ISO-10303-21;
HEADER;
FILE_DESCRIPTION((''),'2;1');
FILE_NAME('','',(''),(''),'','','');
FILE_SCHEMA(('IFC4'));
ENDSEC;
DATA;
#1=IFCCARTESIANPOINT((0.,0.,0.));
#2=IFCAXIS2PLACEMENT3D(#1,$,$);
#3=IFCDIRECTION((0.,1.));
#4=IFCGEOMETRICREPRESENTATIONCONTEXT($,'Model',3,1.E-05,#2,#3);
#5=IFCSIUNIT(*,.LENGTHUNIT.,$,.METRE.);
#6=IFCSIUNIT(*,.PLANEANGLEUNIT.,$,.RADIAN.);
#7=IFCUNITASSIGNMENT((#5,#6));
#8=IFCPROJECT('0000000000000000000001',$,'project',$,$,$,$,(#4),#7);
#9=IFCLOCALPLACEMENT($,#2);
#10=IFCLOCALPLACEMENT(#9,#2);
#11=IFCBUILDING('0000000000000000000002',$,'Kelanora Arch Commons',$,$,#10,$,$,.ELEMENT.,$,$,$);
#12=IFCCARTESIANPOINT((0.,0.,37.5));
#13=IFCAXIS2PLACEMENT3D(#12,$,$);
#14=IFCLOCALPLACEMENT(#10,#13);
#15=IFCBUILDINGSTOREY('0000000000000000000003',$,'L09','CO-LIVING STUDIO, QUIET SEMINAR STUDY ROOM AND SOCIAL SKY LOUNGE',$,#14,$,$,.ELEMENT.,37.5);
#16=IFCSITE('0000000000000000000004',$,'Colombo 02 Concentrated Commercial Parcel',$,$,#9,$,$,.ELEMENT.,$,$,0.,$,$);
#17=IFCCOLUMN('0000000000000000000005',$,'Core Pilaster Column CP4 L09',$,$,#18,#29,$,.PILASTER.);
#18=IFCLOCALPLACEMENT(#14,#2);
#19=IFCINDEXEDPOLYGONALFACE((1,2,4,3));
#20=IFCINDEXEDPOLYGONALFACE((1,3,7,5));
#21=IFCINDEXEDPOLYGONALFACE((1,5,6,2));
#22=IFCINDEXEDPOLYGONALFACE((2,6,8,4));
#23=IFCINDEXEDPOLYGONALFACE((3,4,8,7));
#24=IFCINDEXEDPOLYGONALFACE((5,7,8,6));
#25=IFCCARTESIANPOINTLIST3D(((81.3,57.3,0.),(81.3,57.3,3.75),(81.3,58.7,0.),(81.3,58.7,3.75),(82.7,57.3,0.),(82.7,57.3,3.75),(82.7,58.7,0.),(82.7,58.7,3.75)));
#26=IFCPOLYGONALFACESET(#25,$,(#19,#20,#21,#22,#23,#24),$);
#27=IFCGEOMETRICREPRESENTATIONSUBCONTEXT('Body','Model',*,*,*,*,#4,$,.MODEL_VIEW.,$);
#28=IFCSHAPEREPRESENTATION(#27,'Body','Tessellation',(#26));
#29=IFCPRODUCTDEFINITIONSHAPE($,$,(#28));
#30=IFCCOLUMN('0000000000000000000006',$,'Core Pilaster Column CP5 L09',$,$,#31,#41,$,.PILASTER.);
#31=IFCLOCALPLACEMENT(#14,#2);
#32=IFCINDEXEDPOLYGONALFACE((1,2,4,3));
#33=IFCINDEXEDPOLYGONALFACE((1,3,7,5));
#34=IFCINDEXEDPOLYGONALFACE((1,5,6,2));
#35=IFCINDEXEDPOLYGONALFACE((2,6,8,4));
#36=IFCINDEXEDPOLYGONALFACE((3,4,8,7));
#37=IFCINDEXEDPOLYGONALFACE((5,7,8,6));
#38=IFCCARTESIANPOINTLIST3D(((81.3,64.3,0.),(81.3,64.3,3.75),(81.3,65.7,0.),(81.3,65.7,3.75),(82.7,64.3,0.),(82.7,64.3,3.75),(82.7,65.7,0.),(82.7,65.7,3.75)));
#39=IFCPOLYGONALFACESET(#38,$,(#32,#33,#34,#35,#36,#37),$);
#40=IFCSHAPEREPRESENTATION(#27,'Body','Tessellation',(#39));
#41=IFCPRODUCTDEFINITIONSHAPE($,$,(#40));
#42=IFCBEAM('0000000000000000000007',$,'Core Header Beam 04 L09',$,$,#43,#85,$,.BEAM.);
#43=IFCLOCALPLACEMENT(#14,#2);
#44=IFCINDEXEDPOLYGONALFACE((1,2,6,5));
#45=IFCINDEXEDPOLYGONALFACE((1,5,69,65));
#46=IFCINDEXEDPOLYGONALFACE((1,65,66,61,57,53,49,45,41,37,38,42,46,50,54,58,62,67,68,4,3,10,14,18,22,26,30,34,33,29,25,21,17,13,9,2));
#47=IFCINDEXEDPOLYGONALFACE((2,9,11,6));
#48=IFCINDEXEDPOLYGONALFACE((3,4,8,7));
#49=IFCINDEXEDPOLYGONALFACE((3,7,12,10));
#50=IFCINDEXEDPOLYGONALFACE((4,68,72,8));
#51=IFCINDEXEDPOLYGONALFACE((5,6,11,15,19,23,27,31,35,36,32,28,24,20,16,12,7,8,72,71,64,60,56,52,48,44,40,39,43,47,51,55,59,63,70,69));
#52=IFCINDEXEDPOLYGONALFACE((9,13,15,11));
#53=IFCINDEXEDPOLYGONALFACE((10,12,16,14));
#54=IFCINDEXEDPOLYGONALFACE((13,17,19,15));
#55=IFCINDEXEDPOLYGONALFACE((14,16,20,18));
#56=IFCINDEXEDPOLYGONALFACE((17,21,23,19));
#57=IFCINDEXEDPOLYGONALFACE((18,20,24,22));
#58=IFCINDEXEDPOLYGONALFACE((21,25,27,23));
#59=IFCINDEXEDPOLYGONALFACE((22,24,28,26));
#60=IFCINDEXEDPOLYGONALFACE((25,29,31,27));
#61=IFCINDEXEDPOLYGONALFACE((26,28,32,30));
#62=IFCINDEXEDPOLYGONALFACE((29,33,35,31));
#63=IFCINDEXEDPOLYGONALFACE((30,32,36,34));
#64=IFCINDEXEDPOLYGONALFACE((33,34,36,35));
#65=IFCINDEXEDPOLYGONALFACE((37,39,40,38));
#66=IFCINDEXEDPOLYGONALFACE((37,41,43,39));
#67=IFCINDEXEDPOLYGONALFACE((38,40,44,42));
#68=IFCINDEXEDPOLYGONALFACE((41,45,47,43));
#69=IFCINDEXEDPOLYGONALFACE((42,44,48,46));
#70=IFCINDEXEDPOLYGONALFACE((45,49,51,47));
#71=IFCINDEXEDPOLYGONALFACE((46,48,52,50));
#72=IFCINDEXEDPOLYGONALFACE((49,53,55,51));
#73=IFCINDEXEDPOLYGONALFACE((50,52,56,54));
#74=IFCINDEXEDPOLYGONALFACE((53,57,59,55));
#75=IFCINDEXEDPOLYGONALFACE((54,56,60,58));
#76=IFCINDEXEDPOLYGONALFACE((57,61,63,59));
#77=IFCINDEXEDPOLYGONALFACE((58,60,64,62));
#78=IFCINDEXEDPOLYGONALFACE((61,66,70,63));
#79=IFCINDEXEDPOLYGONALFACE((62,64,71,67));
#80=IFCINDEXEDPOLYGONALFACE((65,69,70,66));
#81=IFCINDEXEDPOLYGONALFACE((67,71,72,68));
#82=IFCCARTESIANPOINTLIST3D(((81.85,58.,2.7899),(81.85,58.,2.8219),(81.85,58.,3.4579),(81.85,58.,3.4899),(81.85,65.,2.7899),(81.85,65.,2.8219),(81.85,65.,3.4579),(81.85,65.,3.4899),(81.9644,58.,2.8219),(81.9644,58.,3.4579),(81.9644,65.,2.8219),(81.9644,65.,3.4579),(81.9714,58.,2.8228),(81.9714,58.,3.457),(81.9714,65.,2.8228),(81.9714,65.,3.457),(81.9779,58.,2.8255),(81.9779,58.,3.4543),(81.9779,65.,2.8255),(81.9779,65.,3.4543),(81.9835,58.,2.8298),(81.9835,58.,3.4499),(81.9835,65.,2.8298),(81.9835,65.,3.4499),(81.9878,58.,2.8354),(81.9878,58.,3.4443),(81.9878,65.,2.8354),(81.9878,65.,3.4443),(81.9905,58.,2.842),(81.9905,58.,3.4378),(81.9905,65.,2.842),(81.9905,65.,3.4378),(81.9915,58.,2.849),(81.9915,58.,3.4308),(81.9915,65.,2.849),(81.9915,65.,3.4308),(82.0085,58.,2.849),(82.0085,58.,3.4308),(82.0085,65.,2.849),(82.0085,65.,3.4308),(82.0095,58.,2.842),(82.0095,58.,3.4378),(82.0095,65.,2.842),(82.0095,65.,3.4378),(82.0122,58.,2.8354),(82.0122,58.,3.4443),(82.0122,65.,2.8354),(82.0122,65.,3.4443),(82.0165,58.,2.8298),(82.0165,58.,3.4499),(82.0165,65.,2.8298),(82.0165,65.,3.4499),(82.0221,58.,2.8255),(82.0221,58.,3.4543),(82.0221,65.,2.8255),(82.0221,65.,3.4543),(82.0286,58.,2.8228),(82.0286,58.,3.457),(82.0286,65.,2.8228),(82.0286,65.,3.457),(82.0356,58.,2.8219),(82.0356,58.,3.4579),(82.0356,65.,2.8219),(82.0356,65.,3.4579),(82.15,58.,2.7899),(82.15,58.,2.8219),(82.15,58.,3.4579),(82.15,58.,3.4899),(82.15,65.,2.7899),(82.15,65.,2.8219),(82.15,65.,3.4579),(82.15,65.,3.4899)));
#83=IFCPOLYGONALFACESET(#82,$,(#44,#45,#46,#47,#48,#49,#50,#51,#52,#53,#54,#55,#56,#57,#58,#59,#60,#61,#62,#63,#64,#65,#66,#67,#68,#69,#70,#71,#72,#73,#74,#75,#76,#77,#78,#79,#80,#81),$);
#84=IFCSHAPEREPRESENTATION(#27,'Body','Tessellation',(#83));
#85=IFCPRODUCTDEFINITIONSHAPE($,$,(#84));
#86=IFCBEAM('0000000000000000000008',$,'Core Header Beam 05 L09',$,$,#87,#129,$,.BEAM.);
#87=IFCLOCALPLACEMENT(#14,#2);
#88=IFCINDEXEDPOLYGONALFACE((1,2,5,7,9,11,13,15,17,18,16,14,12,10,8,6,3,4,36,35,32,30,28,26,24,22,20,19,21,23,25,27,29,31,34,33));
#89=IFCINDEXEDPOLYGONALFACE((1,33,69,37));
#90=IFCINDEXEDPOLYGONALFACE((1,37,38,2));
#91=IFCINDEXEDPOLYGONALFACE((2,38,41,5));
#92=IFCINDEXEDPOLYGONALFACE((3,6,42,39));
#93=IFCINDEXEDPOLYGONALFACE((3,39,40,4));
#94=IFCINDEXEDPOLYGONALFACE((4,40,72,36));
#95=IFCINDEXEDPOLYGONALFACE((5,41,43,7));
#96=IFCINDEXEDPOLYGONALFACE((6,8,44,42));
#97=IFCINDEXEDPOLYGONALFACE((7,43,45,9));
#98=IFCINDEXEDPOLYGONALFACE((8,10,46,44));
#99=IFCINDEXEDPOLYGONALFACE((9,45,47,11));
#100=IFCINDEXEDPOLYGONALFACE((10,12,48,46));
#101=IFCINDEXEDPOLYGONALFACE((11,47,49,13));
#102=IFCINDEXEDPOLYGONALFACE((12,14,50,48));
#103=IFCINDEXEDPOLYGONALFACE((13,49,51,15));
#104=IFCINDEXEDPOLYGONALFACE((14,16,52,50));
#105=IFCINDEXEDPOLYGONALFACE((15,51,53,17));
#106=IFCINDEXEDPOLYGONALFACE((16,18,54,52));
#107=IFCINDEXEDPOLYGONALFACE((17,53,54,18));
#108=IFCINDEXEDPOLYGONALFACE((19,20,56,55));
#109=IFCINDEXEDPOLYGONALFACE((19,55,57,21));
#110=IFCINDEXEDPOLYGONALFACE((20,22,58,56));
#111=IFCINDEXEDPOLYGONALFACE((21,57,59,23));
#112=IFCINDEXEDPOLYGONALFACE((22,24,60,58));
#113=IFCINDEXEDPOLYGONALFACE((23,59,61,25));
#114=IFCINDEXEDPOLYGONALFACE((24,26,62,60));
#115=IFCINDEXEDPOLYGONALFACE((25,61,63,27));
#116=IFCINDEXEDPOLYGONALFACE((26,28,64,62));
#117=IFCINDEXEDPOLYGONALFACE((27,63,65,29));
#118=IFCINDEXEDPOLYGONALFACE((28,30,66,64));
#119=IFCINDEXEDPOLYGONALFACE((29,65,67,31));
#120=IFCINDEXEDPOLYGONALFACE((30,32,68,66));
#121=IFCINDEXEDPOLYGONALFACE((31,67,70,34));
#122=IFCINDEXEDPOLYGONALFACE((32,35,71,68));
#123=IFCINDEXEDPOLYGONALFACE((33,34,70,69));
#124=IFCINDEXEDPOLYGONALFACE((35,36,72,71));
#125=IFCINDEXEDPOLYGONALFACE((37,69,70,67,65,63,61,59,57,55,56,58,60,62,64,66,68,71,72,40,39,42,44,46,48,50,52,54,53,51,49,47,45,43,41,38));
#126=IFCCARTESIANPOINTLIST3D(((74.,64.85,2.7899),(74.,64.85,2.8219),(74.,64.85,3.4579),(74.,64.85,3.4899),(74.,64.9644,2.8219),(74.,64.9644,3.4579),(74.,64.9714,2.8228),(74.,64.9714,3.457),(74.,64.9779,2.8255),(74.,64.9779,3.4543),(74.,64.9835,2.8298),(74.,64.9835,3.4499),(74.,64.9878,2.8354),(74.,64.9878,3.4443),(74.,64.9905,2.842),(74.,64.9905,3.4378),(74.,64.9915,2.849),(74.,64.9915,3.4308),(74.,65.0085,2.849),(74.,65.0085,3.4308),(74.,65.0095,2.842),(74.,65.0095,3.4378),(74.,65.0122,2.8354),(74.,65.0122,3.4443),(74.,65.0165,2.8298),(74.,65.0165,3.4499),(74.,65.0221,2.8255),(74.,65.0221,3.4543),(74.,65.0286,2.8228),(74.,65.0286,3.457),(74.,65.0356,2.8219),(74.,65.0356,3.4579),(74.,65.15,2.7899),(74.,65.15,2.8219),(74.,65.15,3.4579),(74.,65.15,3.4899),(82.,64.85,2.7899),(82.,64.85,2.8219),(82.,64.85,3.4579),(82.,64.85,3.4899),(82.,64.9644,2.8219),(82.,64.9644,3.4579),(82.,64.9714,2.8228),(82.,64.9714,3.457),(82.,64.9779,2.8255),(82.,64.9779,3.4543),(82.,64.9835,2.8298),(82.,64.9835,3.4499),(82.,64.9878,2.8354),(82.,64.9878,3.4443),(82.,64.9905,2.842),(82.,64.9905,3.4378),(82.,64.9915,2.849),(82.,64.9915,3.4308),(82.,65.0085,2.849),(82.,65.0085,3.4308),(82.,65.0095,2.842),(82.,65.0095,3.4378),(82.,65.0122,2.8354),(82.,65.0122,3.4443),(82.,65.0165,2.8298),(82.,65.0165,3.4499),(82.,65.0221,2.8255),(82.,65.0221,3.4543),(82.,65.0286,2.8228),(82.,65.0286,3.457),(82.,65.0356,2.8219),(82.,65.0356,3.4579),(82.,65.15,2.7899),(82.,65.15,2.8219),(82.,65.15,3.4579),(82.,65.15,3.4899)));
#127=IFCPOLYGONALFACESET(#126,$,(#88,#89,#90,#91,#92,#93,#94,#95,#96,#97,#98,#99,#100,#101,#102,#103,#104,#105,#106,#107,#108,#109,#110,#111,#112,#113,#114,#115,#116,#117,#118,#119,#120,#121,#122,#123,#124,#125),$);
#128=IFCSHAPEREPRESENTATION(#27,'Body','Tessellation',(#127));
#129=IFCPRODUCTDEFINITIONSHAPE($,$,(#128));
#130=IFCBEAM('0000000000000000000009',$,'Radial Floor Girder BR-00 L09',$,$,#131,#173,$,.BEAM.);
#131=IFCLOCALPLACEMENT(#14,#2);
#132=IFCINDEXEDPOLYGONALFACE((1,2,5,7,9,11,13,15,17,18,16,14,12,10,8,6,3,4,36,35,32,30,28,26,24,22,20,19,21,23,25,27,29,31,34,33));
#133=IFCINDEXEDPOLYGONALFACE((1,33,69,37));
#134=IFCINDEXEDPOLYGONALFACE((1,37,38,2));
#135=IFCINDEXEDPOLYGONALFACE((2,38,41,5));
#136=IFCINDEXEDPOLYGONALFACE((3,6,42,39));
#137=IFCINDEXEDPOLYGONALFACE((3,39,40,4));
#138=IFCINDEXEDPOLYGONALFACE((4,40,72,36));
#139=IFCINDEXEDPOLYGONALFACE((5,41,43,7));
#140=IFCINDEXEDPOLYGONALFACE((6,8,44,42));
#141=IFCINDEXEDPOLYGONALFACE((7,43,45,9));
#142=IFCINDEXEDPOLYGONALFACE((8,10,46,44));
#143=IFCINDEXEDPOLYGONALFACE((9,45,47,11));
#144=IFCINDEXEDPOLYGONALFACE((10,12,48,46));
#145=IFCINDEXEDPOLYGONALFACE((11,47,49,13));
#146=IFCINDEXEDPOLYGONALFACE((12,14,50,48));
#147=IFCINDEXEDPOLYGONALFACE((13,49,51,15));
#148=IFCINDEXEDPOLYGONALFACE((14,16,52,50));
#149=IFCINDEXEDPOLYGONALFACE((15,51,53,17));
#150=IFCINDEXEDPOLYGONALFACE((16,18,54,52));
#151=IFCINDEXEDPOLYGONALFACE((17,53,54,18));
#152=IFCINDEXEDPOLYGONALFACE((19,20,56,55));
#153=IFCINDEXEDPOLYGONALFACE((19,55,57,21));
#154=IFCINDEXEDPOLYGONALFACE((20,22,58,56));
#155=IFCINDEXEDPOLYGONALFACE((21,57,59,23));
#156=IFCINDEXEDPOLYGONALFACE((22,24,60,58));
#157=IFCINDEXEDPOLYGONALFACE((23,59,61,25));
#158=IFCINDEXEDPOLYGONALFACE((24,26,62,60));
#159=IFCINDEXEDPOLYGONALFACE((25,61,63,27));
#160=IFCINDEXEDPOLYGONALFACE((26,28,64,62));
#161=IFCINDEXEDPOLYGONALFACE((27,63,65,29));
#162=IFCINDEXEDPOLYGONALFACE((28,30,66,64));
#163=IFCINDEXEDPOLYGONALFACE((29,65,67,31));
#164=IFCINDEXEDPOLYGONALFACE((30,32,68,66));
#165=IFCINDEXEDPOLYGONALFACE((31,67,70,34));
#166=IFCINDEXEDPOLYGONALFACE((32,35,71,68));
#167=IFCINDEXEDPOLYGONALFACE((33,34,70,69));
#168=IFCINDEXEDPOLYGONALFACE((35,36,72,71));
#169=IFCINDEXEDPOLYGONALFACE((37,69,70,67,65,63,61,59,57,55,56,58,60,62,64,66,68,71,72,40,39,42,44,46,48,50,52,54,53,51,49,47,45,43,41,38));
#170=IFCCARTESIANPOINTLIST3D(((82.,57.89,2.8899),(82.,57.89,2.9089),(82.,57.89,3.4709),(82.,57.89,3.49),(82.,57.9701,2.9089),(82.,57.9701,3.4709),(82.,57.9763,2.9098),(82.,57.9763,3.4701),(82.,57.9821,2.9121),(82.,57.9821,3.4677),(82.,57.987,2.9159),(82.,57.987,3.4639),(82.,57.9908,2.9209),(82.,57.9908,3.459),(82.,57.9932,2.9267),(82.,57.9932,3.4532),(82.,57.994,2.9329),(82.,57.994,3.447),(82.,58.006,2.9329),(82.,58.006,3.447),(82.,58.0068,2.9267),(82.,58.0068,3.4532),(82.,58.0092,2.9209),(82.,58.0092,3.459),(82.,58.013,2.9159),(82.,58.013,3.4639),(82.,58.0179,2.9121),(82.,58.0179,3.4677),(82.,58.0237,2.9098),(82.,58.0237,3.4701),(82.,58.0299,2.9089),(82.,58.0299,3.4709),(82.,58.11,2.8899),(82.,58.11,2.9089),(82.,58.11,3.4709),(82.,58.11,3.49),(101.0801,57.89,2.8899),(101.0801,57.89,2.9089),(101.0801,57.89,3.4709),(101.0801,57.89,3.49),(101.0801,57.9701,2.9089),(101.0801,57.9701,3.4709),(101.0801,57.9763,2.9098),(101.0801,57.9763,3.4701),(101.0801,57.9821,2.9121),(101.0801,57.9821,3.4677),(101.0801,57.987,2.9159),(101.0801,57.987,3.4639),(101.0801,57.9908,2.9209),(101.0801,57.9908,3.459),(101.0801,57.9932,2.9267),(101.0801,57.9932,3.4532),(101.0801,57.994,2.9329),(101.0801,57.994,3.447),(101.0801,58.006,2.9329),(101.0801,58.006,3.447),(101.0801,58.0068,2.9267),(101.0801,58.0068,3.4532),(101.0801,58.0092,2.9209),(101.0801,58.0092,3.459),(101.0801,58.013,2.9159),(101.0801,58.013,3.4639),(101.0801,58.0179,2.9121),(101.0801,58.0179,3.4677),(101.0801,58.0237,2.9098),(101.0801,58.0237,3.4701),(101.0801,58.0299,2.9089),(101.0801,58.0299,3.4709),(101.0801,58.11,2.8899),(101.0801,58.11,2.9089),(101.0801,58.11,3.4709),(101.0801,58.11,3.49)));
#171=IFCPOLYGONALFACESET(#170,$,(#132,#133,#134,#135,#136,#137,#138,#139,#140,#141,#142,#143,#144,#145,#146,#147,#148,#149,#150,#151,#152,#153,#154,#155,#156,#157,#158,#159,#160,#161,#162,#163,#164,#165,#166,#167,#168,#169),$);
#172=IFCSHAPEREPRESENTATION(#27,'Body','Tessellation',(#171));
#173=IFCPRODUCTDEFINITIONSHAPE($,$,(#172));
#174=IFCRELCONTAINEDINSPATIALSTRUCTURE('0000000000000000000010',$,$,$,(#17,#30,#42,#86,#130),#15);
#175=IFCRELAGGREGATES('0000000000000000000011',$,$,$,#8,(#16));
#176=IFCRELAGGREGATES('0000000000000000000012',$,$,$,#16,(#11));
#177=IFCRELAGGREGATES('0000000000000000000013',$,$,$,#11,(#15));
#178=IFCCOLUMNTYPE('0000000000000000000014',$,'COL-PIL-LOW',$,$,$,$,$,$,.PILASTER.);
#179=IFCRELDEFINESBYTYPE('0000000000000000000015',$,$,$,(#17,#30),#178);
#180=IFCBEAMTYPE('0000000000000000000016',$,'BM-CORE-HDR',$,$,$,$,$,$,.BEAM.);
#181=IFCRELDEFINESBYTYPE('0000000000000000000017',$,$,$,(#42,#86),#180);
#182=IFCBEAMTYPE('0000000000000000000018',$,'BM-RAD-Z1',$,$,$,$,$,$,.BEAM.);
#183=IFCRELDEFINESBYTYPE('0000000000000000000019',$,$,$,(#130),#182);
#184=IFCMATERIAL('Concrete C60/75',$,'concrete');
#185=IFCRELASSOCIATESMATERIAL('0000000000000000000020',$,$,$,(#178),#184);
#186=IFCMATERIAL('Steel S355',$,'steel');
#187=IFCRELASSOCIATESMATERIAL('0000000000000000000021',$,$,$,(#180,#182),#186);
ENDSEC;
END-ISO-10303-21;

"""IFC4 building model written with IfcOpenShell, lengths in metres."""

from ifc_helpers import new_model, si_unit, direction, frame, origin, origin_2d, place, context, subcontext, project, spatial, rectangle, i_section, extrude, material, material_profile, profile_set, type_object, element, save


model = new_model("IFC4")

# Units and contexts
model_context = context("Model", 3, precision=1e-05, world=origin(), true_north=direction((0.0, 1.0)))
body_context = subcontext(model_context, "Body", "Model", "MODEL_VIEW")
ifc_project = project(units=[si_unit("LENGTHUNIT", "METRE"), si_unit("PLANEANGLEUNIT", "RADIAN")], contexts=[model_context])

# Site, building, storey
site_placement = place(None, origin())
site = spatial("IfcSite", under=ifc_project, at=site_placement, Name="Colombo 02 Concentrated Commercial Parcel", CompositionType="ELEMENT", RefElevation=0.0)
building_placement = place(site_placement, origin())
building = spatial("IfcBuilding", under=site, at=building_placement, Name="Kelanora Arch Commons", CompositionType="ELEMENT")
storey_placement = place(building_placement, frame((0.0, 0.0, 37.5)))
storey = spatial("IfcBuildingStorey", under=building, at=storey_placement, Name="L09", Description="CO-LIVING STUDIO, QUIET SEMINAR STUDY ROOM AND SOCIAL SKY LOUNGE", CompositionType="ELEMENT", Elevation=37.5)

# Columns
ifc_material_1 = material(Name="Concrete C60/75", Category="concrete")
ifc_material_profile_1 = material_profile(ifc_material_1, rectangle(XDim=1.3999, YDim=1.3999, at=origin_2d()), Name="RC1400x1400")
ifc_profile_set_1 = profile_set([ifc_material_profile_1], Name="Concrete C60/75")
column_type = type_object("IfcColumnType", Name="COL-PIL-LOW", PredefinedType="PILASTER", material=ifc_profile_set_1)
for number, where, z_axis, x_axis, name in (
    (1, (82.0, 58.0, 0.0), (0.0, 0.0, 1.0), (1.0, 0.0, 0.0), "Core Pilaster Column CP4 L09"),
    (2, (82.0, 65.0, 0.0), (0.0, 0.0, 1.0), (1.0, 0.0, 0.0), "Core Pilaster Column CP5 L09"),
):
    element("IfcColumn", number, at=place(storey_placement, frame(where, z_axis=z_axis, x_axis=x_axis)), inside=storey, type_object=column_type, Name=name, PredefinedType="PILASTER", context=body_context, shape_type="SweptSolid", body=[
        extrude(rectangle(XDim=1.3999, YDim=1.3999, at=origin_2d()), origin(), (0.0, 0.0, 1.0), 3.75),
    ])

# Beams
ifc_material_2 = material(Name="Steel S355", Category="steel")
ifc_material_profile_2 = material_profile(ifc_material_2, i_section(OverallWidth=0.3, OverallDepth=0.7, WebThickness=0.0171, FlangeThickness=0.032, FilletRadius=0.0271, at=origin_2d()), Name="HEB700")
ifc_profile_set_2 = profile_set([ifc_material_profile_2], Name="Steel S355")
beam_type_1 = type_object("IfcBeamType", Name="BM-CORE-HDR", PredefinedType="BEAM", material=ifc_profile_set_2)
beam_1_placement = place(storey_placement, frame((82.0, 58.0, 3.1399), z_axis=(0.0, 1.0, 0.0), x_axis=(-1.0, 0.0, 0.0)))
element("IfcBeam", 3, at=beam_1_placement, inside=storey, type_object=beam_type_1, Name="Core Header Beam 04 L09", PredefinedType="BEAM", context=body_context, shape_type="SweptSolid", body=[
    extrude(i_section(OverallWidth=0.3, OverallDepth=0.7, WebThickness=0.0171, FlangeThickness=0.032, FilletRadius=0.0271, at=origin_2d()), origin(), (0.0, 0.0, 1.0), 7.0),
])
beam_2_placement = place(storey_placement, frame((82.0, 65.0, 3.1399), z_axis=(-1.0, 0.0, 0.0), x_axis=(0.0, -1.0, 0.0)))
element("IfcBeam", 4, at=beam_2_placement, inside=storey, type_object=beam_type_1, Name="Core Header Beam 05 L09", PredefinedType="BEAM", context=body_context, shape_type="SweptSolid", body=[
    extrude(i_section(OverallWidth=0.3, OverallDepth=0.7, WebThickness=0.0171, FlangeThickness=0.032, FilletRadius=0.0271, at=origin_2d()), origin(), (0.0, 0.0, 1.0), 8.0),
])
ifc_material_profile_3 = material_profile(ifc_material_2, i_section(OverallWidth=0.22, OverallDepth=0.6001, WebThickness=0.012, FlangeThickness=0.019, FilletRadius=0.0239, at=origin_2d()), Name="IPE600")
ifc_profile_set_3 = profile_set([ifc_material_profile_3], Name="Steel S355")
beam_type_2 = type_object("IfcBeamType", Name="BM-RAD-Z1", PredefinedType="BEAM", material=ifc_profile_set_3)
beam_3_placement = place(storey_placement, frame((82.0, 58.0, 3.1899), z_axis=(1.0, 0.0, 0.0), x_axis=(0.0, 1.0, 0.0)))
element("IfcBeam", 5, at=beam_3_placement, inside=storey, type_object=beam_type_2, Name="Radial Floor Girder BR-00 L09", PredefinedType="BEAM", context=body_context, shape_type="SweptSolid", body=[
    extrude(i_section(OverallWidth=0.22, OverallDepth=0.6001, WebThickness=0.012, FlangeThickness=0.019, FilletRadius=0.0239, at=origin_2d()), origin(), (0.0, 0.0, 1.0), 19.0801),
])

save(model, "model.ifc")
